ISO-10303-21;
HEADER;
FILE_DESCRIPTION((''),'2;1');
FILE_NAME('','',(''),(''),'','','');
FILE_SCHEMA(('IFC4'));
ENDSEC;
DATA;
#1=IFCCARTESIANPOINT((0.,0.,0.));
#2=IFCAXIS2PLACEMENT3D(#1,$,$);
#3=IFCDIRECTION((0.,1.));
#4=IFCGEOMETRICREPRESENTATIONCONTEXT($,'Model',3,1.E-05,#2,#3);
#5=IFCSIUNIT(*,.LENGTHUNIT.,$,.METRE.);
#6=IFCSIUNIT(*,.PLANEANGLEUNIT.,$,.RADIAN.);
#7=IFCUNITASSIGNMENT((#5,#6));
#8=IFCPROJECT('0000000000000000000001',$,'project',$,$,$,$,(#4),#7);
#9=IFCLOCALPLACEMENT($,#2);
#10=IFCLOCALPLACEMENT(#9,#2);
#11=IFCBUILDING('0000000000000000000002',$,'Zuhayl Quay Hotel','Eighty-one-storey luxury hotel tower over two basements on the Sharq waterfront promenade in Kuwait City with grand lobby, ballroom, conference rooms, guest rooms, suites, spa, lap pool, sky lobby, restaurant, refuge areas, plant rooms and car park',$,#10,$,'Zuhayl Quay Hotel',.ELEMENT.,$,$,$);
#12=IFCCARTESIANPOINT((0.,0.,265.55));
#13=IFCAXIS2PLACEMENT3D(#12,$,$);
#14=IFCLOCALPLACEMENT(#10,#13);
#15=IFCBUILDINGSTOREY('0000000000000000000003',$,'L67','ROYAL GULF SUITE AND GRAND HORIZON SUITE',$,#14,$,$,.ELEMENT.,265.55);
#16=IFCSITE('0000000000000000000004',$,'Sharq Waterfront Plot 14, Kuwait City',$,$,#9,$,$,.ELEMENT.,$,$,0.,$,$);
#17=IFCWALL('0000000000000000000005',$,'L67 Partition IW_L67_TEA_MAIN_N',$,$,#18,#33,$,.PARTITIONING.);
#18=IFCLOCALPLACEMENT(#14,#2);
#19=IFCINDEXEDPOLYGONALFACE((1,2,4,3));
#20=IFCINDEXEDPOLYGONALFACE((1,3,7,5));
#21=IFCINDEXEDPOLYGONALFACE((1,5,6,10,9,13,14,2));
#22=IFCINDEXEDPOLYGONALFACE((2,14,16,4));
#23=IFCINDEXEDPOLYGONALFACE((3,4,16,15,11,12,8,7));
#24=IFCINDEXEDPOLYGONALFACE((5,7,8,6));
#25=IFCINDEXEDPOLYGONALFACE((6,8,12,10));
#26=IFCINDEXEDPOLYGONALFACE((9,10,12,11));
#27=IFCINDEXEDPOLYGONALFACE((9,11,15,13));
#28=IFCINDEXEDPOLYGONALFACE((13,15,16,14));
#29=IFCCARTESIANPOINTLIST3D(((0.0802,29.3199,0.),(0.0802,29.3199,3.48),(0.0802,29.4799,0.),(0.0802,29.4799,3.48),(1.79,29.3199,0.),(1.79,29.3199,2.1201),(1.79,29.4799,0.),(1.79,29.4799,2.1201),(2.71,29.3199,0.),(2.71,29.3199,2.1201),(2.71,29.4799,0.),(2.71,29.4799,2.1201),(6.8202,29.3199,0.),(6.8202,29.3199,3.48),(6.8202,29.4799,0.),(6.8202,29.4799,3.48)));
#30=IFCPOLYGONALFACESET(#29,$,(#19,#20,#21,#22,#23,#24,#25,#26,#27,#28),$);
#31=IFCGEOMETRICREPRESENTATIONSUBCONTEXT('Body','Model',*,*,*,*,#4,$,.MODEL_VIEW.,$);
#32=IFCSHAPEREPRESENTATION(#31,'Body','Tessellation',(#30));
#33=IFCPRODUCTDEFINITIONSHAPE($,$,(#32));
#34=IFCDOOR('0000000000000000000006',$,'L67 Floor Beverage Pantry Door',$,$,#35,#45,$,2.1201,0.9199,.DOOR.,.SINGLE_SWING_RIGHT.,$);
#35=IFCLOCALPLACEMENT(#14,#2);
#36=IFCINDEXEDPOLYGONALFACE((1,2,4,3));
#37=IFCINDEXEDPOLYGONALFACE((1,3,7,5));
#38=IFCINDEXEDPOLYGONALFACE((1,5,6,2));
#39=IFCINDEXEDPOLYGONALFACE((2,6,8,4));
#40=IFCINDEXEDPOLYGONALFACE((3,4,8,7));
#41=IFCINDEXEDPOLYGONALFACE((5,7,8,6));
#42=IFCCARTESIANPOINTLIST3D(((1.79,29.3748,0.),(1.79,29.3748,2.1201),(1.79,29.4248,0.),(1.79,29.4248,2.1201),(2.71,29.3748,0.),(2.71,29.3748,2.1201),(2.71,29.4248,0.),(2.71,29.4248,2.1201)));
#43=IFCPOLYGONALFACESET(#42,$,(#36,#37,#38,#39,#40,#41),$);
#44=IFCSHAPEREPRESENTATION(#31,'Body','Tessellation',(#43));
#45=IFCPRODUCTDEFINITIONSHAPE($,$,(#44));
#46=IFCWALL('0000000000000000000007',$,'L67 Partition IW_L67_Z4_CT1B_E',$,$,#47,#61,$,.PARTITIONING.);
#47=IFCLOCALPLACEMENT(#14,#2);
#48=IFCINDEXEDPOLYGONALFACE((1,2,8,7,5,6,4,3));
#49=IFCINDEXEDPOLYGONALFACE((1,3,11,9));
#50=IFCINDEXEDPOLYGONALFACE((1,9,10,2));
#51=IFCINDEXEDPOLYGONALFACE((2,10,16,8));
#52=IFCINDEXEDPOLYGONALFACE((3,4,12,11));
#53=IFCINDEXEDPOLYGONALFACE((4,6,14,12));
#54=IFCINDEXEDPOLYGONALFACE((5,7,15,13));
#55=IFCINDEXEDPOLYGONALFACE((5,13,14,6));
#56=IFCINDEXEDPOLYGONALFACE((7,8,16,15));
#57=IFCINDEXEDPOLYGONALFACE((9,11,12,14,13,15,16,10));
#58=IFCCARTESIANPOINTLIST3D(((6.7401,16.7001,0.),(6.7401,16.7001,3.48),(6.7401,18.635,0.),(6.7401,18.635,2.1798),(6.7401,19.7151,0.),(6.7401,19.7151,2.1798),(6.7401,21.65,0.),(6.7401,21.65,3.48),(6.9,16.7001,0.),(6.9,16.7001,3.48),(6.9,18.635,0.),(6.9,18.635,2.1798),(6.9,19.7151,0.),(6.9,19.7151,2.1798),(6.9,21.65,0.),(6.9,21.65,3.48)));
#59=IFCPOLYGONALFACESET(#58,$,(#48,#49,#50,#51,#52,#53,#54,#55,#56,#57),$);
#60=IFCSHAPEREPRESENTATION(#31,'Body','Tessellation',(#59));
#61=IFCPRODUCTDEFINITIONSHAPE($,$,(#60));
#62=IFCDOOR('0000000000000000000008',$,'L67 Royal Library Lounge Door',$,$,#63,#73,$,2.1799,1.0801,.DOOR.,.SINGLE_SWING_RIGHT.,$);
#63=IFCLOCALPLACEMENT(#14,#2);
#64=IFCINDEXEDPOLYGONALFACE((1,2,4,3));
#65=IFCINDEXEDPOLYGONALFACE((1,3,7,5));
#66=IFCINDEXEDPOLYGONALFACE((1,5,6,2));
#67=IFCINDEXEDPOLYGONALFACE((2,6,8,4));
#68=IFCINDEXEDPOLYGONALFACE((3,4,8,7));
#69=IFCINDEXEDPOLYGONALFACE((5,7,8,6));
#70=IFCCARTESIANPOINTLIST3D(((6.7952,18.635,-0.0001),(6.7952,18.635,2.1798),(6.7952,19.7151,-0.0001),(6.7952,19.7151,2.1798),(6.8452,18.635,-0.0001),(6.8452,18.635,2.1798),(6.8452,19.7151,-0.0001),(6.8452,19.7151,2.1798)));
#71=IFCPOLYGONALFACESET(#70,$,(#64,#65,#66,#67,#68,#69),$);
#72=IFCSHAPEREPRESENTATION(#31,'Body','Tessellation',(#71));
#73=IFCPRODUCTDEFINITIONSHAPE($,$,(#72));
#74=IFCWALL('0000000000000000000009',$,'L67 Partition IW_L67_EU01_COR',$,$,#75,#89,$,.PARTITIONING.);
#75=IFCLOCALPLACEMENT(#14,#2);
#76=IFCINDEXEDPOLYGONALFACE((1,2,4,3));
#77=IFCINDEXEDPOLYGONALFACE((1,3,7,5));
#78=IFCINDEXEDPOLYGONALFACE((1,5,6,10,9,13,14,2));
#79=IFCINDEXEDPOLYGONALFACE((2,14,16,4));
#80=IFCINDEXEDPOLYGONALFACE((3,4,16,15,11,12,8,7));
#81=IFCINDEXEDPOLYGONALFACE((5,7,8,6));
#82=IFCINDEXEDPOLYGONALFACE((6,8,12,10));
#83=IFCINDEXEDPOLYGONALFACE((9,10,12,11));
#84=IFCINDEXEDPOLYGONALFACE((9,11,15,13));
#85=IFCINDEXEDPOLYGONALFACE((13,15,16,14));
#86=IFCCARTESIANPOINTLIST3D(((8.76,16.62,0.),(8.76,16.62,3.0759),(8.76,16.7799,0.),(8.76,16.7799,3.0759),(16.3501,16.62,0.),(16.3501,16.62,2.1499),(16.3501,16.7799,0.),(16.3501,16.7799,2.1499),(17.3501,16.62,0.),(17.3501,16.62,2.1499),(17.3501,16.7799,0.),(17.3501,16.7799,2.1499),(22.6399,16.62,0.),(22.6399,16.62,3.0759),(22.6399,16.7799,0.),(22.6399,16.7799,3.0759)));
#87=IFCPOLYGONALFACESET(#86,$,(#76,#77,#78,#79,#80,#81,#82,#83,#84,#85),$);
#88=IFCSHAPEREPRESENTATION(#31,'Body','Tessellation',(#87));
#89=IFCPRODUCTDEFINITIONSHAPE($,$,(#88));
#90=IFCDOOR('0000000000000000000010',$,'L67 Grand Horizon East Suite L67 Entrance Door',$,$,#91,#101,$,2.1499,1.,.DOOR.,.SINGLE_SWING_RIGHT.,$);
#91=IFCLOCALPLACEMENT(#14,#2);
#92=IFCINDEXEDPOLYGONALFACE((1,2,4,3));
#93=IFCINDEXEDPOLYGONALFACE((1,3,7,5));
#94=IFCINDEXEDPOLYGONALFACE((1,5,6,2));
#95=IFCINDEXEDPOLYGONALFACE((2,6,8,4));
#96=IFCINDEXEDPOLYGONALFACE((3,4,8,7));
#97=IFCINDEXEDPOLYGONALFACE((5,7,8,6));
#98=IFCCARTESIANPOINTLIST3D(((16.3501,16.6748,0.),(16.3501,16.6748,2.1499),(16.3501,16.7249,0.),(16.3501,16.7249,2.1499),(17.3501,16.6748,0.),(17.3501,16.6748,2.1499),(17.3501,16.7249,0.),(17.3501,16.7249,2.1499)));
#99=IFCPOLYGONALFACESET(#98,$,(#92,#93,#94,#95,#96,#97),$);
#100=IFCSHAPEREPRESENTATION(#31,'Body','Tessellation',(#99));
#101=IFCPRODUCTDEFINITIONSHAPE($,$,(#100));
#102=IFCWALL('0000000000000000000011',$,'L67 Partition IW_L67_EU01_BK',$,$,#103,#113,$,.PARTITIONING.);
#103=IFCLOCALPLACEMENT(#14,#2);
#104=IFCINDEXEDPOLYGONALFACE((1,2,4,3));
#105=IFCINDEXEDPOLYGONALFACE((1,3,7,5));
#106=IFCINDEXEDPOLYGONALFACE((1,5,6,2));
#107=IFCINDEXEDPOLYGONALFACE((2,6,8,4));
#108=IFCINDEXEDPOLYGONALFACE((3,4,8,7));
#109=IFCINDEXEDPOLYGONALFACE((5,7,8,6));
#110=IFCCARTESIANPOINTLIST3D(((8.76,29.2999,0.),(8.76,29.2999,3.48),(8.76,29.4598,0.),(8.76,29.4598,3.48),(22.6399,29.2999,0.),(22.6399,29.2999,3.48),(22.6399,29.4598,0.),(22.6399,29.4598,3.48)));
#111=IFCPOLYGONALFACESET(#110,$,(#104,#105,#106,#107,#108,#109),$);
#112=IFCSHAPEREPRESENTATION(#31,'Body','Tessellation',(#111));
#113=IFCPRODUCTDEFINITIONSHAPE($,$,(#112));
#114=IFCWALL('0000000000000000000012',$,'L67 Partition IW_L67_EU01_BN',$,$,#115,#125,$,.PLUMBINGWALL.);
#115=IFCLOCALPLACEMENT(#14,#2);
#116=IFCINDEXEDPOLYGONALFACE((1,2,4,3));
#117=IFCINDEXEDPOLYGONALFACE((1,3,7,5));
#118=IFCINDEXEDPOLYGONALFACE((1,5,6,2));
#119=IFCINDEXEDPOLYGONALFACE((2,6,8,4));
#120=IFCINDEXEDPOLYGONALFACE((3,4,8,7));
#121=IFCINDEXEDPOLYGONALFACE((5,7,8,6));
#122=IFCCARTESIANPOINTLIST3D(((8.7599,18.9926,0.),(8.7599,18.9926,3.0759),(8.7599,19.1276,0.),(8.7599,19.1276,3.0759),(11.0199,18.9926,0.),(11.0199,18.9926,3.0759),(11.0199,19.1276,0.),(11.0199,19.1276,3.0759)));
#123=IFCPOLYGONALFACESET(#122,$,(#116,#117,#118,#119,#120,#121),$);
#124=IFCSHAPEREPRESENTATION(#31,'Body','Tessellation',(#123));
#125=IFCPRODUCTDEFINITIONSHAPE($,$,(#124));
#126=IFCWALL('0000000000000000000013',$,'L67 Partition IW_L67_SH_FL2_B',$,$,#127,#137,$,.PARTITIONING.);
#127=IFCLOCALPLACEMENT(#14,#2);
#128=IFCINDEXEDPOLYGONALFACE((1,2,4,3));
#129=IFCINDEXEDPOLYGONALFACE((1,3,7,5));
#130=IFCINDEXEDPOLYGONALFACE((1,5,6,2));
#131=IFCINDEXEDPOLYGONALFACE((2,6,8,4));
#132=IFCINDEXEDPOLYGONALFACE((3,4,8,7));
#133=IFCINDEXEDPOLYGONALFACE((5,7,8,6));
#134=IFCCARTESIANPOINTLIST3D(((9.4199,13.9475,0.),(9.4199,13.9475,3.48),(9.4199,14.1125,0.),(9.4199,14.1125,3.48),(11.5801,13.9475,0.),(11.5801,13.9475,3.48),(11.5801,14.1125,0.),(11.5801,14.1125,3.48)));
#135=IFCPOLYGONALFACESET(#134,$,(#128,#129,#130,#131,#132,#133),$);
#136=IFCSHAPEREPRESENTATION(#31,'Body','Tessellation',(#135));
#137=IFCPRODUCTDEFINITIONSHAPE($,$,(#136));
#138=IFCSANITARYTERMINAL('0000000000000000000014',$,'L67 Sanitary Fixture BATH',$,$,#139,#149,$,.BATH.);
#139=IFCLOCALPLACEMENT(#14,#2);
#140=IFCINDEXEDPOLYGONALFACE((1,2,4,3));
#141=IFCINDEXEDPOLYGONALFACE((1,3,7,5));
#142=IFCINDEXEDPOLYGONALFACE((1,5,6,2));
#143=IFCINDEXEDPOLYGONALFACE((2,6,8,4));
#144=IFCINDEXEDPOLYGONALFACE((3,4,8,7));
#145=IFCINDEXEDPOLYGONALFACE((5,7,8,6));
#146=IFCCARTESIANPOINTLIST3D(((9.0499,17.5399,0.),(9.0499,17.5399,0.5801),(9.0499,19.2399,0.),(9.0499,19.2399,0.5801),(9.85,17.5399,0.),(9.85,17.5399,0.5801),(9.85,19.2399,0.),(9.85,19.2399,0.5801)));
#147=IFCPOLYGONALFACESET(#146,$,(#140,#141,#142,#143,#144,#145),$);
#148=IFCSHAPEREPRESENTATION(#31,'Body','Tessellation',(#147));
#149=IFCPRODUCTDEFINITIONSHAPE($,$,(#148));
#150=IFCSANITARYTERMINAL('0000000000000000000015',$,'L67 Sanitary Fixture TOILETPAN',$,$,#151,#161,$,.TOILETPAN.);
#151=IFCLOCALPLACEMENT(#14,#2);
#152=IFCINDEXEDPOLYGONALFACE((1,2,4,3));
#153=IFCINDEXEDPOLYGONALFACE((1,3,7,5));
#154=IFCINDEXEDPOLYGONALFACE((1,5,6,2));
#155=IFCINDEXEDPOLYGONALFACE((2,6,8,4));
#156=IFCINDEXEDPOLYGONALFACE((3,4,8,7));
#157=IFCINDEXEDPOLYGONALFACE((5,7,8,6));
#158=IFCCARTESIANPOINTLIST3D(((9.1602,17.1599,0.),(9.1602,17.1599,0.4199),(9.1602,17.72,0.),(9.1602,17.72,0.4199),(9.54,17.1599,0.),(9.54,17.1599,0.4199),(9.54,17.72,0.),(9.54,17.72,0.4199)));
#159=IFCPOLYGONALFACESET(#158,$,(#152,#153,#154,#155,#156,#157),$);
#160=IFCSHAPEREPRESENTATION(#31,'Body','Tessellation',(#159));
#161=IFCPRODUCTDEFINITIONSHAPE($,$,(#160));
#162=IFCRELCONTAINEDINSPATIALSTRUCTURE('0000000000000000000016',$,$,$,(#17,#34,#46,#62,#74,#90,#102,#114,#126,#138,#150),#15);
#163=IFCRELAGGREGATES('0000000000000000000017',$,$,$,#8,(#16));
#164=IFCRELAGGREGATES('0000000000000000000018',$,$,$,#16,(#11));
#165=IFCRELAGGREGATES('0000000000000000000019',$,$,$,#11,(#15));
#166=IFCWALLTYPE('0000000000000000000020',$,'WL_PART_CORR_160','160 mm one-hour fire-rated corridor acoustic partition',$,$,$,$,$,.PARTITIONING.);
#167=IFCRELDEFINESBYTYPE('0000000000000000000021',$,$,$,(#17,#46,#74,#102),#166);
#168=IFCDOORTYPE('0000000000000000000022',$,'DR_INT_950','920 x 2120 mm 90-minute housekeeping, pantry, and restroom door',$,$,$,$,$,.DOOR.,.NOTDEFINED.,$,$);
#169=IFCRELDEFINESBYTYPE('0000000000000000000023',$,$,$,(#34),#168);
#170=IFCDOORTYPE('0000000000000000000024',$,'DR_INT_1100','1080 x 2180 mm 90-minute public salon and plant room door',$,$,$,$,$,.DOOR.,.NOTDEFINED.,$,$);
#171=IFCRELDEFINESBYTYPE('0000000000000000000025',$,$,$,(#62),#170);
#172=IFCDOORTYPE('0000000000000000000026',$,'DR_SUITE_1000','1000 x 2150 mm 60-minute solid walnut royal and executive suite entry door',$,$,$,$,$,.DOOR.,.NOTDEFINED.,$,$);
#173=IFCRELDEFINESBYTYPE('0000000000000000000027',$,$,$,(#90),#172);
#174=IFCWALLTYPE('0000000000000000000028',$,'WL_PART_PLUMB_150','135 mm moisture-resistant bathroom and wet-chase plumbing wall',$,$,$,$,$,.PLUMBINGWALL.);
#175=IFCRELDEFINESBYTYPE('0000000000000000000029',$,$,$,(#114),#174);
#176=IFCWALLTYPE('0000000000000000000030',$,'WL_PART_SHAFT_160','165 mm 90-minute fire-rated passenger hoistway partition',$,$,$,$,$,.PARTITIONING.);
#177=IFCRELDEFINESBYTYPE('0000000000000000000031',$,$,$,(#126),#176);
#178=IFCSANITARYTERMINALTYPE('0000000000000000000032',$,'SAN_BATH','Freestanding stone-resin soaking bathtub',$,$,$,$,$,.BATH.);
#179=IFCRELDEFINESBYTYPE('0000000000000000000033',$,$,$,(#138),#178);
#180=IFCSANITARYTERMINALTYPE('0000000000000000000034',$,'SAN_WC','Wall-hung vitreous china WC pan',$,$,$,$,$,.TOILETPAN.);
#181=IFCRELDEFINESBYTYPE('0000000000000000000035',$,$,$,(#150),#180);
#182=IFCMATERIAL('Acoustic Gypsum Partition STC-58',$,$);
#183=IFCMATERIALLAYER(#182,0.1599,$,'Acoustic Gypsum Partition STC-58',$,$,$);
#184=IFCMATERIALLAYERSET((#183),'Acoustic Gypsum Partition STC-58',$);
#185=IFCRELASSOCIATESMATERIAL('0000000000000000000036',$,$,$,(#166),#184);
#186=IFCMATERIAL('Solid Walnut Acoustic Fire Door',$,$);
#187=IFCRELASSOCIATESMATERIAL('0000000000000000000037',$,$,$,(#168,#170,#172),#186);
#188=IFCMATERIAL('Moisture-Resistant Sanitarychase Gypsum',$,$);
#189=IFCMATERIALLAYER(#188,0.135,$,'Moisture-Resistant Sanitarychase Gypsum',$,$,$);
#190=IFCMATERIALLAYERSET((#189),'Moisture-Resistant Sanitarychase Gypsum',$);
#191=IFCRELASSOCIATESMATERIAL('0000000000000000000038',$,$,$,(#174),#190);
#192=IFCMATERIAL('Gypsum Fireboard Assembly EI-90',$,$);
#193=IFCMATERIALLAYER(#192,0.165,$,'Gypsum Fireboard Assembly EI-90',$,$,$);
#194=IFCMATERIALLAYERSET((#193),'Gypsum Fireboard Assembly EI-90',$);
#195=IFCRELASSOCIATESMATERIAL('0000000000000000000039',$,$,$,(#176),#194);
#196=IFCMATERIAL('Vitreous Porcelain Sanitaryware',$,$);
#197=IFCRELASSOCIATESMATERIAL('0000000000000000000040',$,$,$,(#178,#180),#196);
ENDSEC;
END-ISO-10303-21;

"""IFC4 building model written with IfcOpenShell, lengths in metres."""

from ifc_helpers import new_model, si_unit, direction, frame, frame_2d, origin, origin_2d, place, context, subcontext, project, spatial, rectangle, extrude, material, layer, layer_set, type_object, element, fill, save


model = new_model("IFC4")

# Units and contexts
model_context = context("Model", 3, precision=1e-05, world=origin(), true_north=direction((0.0, 1.0)))
body_context = subcontext(model_context, "Body", "Model", "MODEL_VIEW")
ifc_project = project(units=[si_unit("LENGTHUNIT", "METRE"), si_unit("PLANEANGLEUNIT", "RADIAN")], contexts=[model_context])

# Site, building, storey
site_placement = place(None, origin())
site = spatial("IfcSite", under=ifc_project, at=site_placement, Name="Sharq Waterfront Plot 14, Kuwait City", CompositionType="ELEMENT", RefElevation=0.0)
building_placement = place(site_placement, origin())
building = spatial("IfcBuilding", under=site, at=building_placement, Name="Zuhayl Quay Hotel", Description="Eighty-one-storey luxury hotel tower over two basements on the Sharq waterfront promenade in Kuwait City with grand lobby, ballroom, conference rooms, guest rooms, suites, spa, lap pool, sky lobby, restaurant, refuge areas, plant rooms and car park", LongName="Zuhayl Quay Hotel", CompositionType="ELEMENT")
storey_placement = place(building_placement, frame((0.0, 0.0, 265.55)))
storey = spatial("IfcBuildingStorey", under=building, at=storey_placement, Name="L67", Description="ROYAL GULF SUITE AND GRAND HORIZON SUITE", CompositionType="ELEMENT", Elevation=265.55)

# Shared definitions
ifc_material_1 = material(Name="Acoustic Gypsum Partition STC-58")

# Walls, openings, doors
ifc_layer_1 = layer(ifc_material_1, 0.1599, Name="Acoustic Gypsum Partition STC-58")
ifc_layer_set_1 = layer_set([ifc_layer_1], Name="Acoustic Gypsum Partition STC-58")
wall_type_1 = type_object("IfcWallType", Name="WL_PART_CORR_160", Description="160 mm one-hour fire-rated corridor acoustic partition", PredefinedType="PARTITIONING", material=ifc_layer_set_1)
wall_1_placement = place(storey_placement, frame((0.0801, 29.3999, 0.0), z_axis=(0.0, 0.0, 1.0), x_axis=(1.0, 0.0, 0.0)))
wall_1 = element("IfcWall", 1, at=wall_1_placement, inside=storey, type_object=wall_type_1, Name="L67 Partition IW_L67_TEA_MAIN_N", PredefinedType="PARTITIONING", context=body_context, shape_type="SweptSolid", body=[
    extrude(rectangle(XDim=6.74, YDim=0.1599, at=frame_2d((3.3701, 0.0))), origin(), (0.0, 0.0, 1.0), 3.48),
])
opening_1_placement = place(wall_1_placement, frame((1.71, 0.0, 0.0)))
opening_1 = element("IfcOpeningElement", 2, at=opening_1_placement, cuts=wall_1, PredefinedType="OPENING", context=body_context, shape_type="SweptSolid", body=[
    extrude(rectangle(XDim=0.9199, YDim=2.1201, at=frame_2d((0.46, 1.0601))), frame((0.0, 0.0898, 0.0), z_axis=(0.0, -1.0, 0.0), x_axis=(1.0, 0.0, 0.0)), (0.0, 0.0, 1.0), 0.1799),
])
ifc_material_2 = material(Name="Solid Walnut Acoustic Fire Door")
door_type_1 = type_object("IfcDoorType", Name="DR_INT_950", Description="920 x 2120 mm 90-minute housekeeping, pantry, and restroom door", OperationType="NOTDEFINED", PredefinedType="DOOR", material=ifc_material_2)
door_1_placement = place(opening_1_placement, origin())
door_1 = element("IfcDoor", 3, at=door_1_placement, inside=storey, type_object=door_type_1, Name="L67 Floor Beverage Pantry Door", OperationType="SINGLE_SWING_RIGHT", OverallHeight=2.1201, OverallWidth=0.9199, PredefinedType="DOOR", context=body_context, shape_type="SweptSolid", body=[
    extrude(rectangle(XDim=0.9199, YDim=2.1201, at=frame_2d((0.46, 1.0601))), frame((0.0, 0.0249, 0.0), z_axis=(0.0, -1.0, 0.0), x_axis=(1.0, 0.0, 0.0)), (0.0, 0.0, 1.0), 0.05),
])
fill(opening_1, door_1)
wall_2_placement = place(storey_placement, frame((6.8201, 16.7, 0.0), z_axis=(0.0, 0.0, 1.0), x_axis=(0.0, 1.0, 0.0)))
wall_2 = element("IfcWall", 4, at=wall_2_placement, inside=storey, type_object=wall_type_1, Name="L67 Partition IW_L67_Z4_CT1B_E", PredefinedType="PARTITIONING", context=body_context, shape_type="SweptSolid", body=[
    extrude(rectangle(XDim=4.95, YDim=0.1599, at=frame_2d((2.4751, 0.0))), origin(), (0.0, 0.0, 1.0), 3.48),
])
opening_2_placement = place(wall_2_placement, frame((1.9351, 0.0, 0.0)))
opening_2 = element("IfcOpeningElement", 5, at=opening_2_placement, cuts=wall_2, PredefinedType="OPENING", context=body_context, shape_type="SweptSolid", body=[
    extrude(rectangle(XDim=1.0801, YDim=2.1799, at=frame_2d((0.54, 1.0898))), frame((0.0, 0.0898, 0.0), z_axis=(0.0, -1.0, 0.0), x_axis=(1.0, 0.0, 0.0)), (0.0, 0.0, 1.0), 0.1799),
])
door_type_2 = type_object("IfcDoorType", Name="DR_INT_1100", Description="1080 x 2180 mm 90-minute public salon and plant room door", OperationType="NOTDEFINED", PredefinedType="DOOR", material=ifc_material_2)
door_2_placement = place(opening_2_placement, origin())
door_2 = element("IfcDoor", 6, at=door_2_placement, inside=storey, type_object=door_type_2, Name="L67 Royal Library Lounge Door", OperationType="SINGLE_SWING_RIGHT", OverallHeight=2.1799, OverallWidth=1.0801, PredefinedType="DOOR", context=body_context, shape_type="SweptSolid", body=[
    extrude(rectangle(XDim=1.0801, YDim=2.1799, at=frame_2d((0.54, 1.0898))), frame((0.0, 0.0249, 0.0), z_axis=(0.0, -1.0, 0.0), x_axis=(1.0, 0.0, 0.0)), (0.0, 0.0, 1.0), 0.05),
])
fill(opening_2, door_2)
wall_3_placement = place(storey_placement, frame((8.76, 16.7, 0.0), z_axis=(0.0, 0.0, 1.0), x_axis=(1.0, 0.0, 0.0)))
wall_3 = element("IfcWall", 7, at=wall_3_placement, inside=storey, type_object=wall_type_1, Name="L67 Partition IW_L67_EU01_COR", PredefinedType="PARTITIONING", context=body_context, shape_type="SweptSolid", body=[
    extrude(rectangle(XDim=13.8799, YDim=0.1599, at=frame_2d((6.9399, 0.0))), origin(), (0.0, 0.0, 1.0), 3.0759),
])
opening_3_placement = place(wall_3_placement, frame((7.5901, 0.0, 0.0)))
opening_3 = element("IfcOpeningElement", 8, at=opening_3_placement, cuts=wall_3, PredefinedType="OPENING", context=body_context, shape_type="SweptSolid", body=[
    extrude(rectangle(XDim=1.0, YDim=2.1499, at=frame_2d((0.5, 1.075))), frame((0.0, 0.0898, 0.0), z_axis=(0.0, -1.0, 0.0), x_axis=(1.0, 0.0, 0.0)), (0.0, 0.0, 1.0), 0.1799),
])
door_type_3 = type_object("IfcDoorType", Name="DR_SUITE_1000", Description="1000 x 2150 mm 60-minute solid walnut royal and executive suite entry door", OperationType="NOTDEFINED", PredefinedType="DOOR", material=ifc_material_2)
door_3_placement = place(opening_3_placement, origin())
door_3 = element("IfcDoor", 9, at=door_3_placement, inside=storey, type_object=door_type_3, Name="L67 Grand Horizon East Suite L67 Entrance Door", OperationType="SINGLE_SWING_RIGHT", OverallHeight=2.1499, OverallWidth=1.0, PredefinedType="DOOR", context=body_context, shape_type="SweptSolid", body=[
    extrude(rectangle(XDim=1.0, YDim=2.1499, at=frame_2d((0.5, 1.075))), frame((0.0, 0.0249, 0.0), z_axis=(0.0, -1.0, 0.0), x_axis=(1.0, 0.0, 0.0)), (0.0, 0.0, 1.0), 0.05),
])
fill(opening_3, door_3)

# Walls
wall_4_placement = place(storey_placement, frame((8.76, 29.3799, 0.0), z_axis=(0.0, 0.0, 1.0), x_axis=(1.0, 0.0, 0.0)))
element("IfcWall", 10, at=wall_4_placement, inside=storey, type_object=wall_type_1, Name="L67 Partition IW_L67_EU01_BK", PredefinedType="PARTITIONING", context=body_context, shape_type="SweptSolid", body=[
    extrude(rectangle(XDim=13.8799, YDim=0.1599, at=frame_2d((6.9399, 0.0))), origin(), (0.0, 0.0, 1.0), 3.48),
])
ifc_material_3 = material(Name="Moisture-Resistant Sanitarychase Gypsum")
ifc_layer_2 = layer(ifc_material_3, 0.135, Name="Moisture-Resistant Sanitarychase Gypsum")
ifc_layer_set_2 = layer_set([ifc_layer_2], Name="Moisture-Resistant Sanitarychase Gypsum")
wall_type_2 = type_object("IfcWallType", Name="WL_PART_PLUMB_150", Description="135 mm moisture-resistant bathroom and wet-chase plumbing wall", PredefinedType="PLUMBINGWALL", material=ifc_layer_set_2)
wall_5_placement = place(storey_placement, frame((8.76, 19.0601, 0.0), z_axis=(0.0, 0.0, 1.0), x_axis=(1.0, 0.0, 0.0)))
element("IfcWall", 11, at=wall_5_placement, inside=storey, type_object=wall_type_2, Name="L67 Partition IW_L67_EU01_BN", PredefinedType="PLUMBINGWALL", context=body_context, shape_type="SweptSolid", body=[
    extrude(rectangle(XDim=2.26, YDim=0.135, at=frame_2d((1.1299, 0.0))), origin(), (0.0, 0.0, 1.0), 3.0759),
])
ifc_material_4 = material(Name="Gypsum Fireboard Assembly EI-90")
ifc_layer_3 = layer(ifc_material_4, 0.165, Name="Gypsum Fireboard Assembly EI-90")
ifc_layer_set_3 = layer_set([ifc_layer_3], Name="Gypsum Fireboard Assembly EI-90")
wall_type_3 = type_object("IfcWallType", Name="WL_PART_SHAFT_160", Description="165 mm 90-minute fire-rated passenger hoistway partition", PredefinedType="PARTITIONING", material=ifc_layer_set_3)
wall_6_placement = place(storey_placement, frame((9.4199, 14.03, 0.0), z_axis=(0.0, 0.0, 1.0), x_axis=(1.0, 0.0, 0.0)))
element("IfcWall", 12, at=wall_6_placement, inside=storey, type_object=wall_type_3, Name="L67 Partition IW_L67_SH_FL2_B", PredefinedType="PARTITIONING", context=body_context, shape_type="SweptSolid", body=[
    extrude(rectangle(XDim=2.1602, YDim=0.165, at=frame_2d((1.0801, 0.0))), origin(), (0.0, 0.0, 1.0), 3.48),
])

# Sanitary terminals
ifc_material_5 = material(Name="Vitreous Porcelain Sanitaryware")
sanitary_terminal_type_1 = type_object("IfcSanitaryTerminalType", Name="SAN_BATH", Description="Freestanding stone-resin soaking bathtub", PredefinedType="BATH", material=ifc_material_5)
sanitary_terminal_1_placement = place(storey_placement, frame((9.45, 18.3899, 0.0), z_axis=(0.0, 0.0, 1.0), x_axis=(1.0, 0.0, 0.0)))
element("IfcSanitaryTerminal", 13, at=sanitary_terminal_1_placement, inside=storey, type_object=sanitary_terminal_type_1, Name="L67 Sanitary Fixture BATH", PredefinedType="BATH", context=body_context, shape_type="SweptSolid", body=[
    extrude(rectangle(XDim=0.8, YDim=1.7, at=origin_2d()), origin(), (0.0, 0.0, 1.0), 0.5801),
])
sanitary_terminal_type_2 = type_object("IfcSanitaryTerminalType", Name="SAN_WC", Description="Wall-hung vitreous china WC pan", PredefinedType="TOILETPAN", material=ifc_material_5)
sanitary_terminal_2_placement = place(storey_placement, frame((9.3501, 17.4399, 0.0), z_axis=(0.0, 0.0, 1.0), x_axis=(1.0, 0.0, 0.0)))
element("IfcSanitaryTerminal", 14, at=sanitary_terminal_2_placement, inside=storey, type_object=sanitary_terminal_type_2, Name="L67 Sanitary Fixture TOILETPAN", PredefinedType="TOILETPAN", context=body_context, shape_type="SweptSolid", body=[
    extrude(rectangle(XDim=0.3799, YDim=0.5601, at=origin_2d()), origin(), (0.0, 0.0, 1.0), 0.4199),
])

save(model, "model.ifc")
